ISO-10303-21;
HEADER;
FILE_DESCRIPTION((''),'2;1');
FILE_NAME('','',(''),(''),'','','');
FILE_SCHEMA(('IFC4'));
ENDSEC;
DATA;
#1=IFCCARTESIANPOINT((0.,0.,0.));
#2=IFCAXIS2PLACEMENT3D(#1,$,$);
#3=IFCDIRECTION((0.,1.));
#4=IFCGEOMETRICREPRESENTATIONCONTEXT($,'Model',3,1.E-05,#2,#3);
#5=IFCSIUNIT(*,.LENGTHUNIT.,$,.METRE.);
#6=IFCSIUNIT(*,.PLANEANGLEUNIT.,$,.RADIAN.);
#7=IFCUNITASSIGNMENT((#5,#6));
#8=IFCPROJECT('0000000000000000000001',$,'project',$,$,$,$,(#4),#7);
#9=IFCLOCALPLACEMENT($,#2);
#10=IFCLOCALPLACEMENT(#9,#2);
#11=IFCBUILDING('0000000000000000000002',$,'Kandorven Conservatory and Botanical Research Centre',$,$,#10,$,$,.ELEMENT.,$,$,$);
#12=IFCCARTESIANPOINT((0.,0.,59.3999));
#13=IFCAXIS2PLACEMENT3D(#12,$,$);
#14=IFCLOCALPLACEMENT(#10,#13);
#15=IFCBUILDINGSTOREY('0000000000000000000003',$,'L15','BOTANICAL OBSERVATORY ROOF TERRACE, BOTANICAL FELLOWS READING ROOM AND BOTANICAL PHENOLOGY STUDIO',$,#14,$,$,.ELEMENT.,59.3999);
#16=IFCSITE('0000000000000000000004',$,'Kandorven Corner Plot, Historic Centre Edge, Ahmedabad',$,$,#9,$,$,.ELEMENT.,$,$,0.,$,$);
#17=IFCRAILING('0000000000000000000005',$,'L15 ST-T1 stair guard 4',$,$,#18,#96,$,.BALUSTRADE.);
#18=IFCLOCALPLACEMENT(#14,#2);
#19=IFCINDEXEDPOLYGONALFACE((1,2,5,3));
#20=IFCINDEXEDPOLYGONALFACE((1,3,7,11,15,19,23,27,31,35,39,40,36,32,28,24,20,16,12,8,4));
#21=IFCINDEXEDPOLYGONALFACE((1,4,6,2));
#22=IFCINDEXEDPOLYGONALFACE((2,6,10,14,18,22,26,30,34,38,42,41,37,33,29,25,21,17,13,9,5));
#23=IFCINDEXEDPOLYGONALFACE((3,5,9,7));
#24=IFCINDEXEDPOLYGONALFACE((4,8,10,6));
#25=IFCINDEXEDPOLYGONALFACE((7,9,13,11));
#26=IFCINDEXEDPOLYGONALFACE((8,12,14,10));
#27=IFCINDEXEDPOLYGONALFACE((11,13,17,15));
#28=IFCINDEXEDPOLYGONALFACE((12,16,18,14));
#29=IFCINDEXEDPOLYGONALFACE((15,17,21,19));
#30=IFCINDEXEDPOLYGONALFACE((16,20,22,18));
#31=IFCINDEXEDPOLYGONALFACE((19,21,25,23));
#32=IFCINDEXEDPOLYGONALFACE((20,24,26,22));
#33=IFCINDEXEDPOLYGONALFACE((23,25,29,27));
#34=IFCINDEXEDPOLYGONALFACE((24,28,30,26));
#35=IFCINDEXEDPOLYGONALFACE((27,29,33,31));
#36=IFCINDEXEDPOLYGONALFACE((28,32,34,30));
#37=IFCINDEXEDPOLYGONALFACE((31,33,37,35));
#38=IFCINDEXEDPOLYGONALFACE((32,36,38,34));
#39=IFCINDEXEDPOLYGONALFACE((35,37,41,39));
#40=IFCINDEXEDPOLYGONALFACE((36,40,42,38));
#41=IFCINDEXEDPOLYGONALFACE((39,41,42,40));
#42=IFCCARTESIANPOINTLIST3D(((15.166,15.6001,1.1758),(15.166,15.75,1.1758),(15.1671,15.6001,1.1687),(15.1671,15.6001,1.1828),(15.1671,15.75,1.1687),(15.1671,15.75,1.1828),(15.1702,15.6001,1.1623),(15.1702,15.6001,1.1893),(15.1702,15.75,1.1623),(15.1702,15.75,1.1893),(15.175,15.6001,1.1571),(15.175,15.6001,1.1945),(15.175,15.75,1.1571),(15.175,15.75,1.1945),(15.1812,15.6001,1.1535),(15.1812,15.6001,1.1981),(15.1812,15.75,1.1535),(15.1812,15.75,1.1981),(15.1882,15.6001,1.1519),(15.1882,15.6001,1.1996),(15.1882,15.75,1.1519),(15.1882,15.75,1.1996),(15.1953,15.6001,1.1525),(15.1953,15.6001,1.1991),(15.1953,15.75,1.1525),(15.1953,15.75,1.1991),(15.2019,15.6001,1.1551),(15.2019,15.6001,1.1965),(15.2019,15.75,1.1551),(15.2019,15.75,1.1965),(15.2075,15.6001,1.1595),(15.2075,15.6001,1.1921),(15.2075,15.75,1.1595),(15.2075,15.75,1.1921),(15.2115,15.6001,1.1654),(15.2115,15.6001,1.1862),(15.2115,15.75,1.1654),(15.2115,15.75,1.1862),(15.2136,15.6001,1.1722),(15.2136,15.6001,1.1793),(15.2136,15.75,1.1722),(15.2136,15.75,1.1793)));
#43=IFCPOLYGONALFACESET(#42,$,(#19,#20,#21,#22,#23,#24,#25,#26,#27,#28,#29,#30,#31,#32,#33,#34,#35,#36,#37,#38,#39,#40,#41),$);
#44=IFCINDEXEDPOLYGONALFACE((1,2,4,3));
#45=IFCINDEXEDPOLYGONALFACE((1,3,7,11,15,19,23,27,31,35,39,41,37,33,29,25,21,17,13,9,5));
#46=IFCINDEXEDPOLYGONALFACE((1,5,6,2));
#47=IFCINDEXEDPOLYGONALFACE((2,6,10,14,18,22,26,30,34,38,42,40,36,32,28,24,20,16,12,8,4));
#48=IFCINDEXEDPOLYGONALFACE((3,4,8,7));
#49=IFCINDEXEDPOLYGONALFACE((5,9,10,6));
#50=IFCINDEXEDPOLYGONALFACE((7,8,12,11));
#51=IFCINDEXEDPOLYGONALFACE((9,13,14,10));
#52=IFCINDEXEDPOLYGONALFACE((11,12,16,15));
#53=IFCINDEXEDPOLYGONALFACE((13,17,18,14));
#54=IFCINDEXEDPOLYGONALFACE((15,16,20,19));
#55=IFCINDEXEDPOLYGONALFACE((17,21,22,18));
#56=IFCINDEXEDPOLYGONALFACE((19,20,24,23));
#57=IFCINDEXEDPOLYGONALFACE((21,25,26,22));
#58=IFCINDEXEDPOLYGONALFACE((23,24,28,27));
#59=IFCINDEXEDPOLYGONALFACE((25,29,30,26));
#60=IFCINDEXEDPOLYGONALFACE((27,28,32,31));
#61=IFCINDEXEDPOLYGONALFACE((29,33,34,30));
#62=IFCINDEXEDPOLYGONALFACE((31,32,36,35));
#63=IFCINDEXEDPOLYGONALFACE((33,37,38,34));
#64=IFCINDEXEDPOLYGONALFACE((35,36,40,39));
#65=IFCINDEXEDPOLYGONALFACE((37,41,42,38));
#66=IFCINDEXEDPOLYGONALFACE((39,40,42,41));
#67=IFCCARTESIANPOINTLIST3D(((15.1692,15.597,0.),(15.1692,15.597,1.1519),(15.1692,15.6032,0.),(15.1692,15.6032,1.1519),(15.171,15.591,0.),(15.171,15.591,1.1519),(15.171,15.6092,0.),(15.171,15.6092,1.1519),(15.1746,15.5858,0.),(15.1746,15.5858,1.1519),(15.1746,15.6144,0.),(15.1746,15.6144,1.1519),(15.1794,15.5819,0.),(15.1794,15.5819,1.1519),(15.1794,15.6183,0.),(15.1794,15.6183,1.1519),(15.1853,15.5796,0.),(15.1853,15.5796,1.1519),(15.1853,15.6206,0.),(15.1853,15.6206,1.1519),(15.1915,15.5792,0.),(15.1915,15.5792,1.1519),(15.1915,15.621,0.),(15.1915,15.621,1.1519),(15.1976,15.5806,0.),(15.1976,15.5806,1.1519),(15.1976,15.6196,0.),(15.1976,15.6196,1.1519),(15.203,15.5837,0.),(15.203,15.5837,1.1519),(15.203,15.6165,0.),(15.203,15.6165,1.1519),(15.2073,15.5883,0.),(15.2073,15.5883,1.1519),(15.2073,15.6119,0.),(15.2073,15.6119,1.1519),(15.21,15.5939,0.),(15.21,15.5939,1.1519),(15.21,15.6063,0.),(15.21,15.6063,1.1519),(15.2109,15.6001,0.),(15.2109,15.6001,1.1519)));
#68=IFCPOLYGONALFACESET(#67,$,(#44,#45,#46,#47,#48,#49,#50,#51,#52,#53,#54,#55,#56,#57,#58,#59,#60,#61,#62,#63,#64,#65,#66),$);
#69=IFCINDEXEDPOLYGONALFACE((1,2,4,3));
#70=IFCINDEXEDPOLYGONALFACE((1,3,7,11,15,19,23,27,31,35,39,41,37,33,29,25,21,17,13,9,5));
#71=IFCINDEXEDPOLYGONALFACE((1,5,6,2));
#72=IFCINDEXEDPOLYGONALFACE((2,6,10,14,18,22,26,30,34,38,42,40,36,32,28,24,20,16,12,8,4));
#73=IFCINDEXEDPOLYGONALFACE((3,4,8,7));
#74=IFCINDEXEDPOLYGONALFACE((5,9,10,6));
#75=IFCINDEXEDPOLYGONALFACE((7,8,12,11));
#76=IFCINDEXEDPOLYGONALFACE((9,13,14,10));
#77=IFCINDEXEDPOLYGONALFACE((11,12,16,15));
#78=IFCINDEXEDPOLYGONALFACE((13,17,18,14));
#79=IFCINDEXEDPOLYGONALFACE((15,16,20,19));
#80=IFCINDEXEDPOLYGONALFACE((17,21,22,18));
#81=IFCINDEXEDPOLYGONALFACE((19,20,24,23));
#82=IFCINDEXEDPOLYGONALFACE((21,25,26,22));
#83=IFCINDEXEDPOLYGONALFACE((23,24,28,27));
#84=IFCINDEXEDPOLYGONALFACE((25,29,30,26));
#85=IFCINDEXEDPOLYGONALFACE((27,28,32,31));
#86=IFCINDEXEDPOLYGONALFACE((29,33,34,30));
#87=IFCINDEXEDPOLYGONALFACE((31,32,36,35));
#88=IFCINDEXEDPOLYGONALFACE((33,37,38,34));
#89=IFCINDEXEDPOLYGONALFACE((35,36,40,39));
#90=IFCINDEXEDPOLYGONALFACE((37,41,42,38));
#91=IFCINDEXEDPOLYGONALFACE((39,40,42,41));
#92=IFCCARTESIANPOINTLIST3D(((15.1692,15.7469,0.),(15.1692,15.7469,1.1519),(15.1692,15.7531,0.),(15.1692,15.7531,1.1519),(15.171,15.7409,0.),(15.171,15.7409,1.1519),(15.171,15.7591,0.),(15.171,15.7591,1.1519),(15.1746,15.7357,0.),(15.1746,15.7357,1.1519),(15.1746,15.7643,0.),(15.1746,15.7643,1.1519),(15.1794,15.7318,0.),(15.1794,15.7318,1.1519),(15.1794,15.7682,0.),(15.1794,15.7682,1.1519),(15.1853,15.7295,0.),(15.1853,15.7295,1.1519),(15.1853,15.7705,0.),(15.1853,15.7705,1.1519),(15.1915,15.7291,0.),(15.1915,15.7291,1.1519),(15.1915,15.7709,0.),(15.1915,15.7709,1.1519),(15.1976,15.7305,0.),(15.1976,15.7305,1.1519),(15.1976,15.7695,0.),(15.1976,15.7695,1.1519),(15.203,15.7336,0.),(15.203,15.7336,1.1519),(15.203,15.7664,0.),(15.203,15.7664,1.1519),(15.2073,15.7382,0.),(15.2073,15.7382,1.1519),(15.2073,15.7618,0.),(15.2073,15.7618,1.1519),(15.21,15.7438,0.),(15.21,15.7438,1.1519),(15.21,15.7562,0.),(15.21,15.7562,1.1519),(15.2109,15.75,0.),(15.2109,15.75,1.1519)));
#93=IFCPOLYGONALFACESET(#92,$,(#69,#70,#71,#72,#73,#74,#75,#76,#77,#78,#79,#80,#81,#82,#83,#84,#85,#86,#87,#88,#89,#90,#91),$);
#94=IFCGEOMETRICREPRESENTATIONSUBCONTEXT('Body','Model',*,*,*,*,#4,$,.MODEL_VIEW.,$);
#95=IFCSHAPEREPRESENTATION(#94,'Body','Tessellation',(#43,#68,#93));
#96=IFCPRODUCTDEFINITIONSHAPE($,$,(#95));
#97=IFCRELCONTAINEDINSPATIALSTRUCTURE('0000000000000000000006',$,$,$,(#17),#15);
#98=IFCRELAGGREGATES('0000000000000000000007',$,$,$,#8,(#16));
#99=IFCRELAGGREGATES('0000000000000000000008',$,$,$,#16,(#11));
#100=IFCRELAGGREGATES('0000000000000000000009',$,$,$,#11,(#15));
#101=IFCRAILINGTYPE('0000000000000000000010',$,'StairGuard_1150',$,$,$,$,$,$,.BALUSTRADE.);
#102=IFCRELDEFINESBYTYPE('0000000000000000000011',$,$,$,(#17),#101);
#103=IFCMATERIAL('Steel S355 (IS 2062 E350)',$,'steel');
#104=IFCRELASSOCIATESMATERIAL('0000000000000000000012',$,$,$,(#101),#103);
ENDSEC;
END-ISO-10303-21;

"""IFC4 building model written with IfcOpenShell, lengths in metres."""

from ifc_helpers import new_model, si_unit, direction, frame, origin, origin_2d, place, context, subcontext, project, spatial, circle, extrude, material, type_object, element, save


model = new_model("IFC4")

# Units and contexts
model_context = context("Model", 3, precision=1e-05, world=origin(), true_north=direction((0.0, 1.0)))
body_context = subcontext(model_context, "Body", "Model", "MODEL_VIEW")
ifc_project = project(units=[si_unit("LENGTHUNIT", "METRE"), si_unit("PLANEANGLEUNIT", "RADIAN")], contexts=[model_context])

# Site, building, storey
site_placement = place(None, origin())
site = spatial("IfcSite", under=ifc_project, at=site_placement, Name="Kandorven Corner Plot, Historic Centre Edge, Ahmedabad", CompositionType="ELEMENT", RefElevation=0.0)
building_placement = place(site_placement, origin())
building = spatial("IfcBuilding", under=site, at=building_placement, Name="Kandorven Conservatory and Botanical Research Centre", CompositionType="ELEMENT")
storey_placement = place(building_placement, frame((0.0, 0.0, 59.3999)))
storey = spatial("IfcBuildingStorey", under=building, at=storey_placement, Name="L15", Description="BOTANICAL OBSERVATORY ROOF TERRACE, BOTANICAL FELLOWS READING ROOM AND BOTANICAL PHENOLOGY STUDIO", CompositionType="ELEMENT", Elevation=59.3999)

# Railing
ifc_material_1 = material(Name="Steel S355 (IS 2062 E350)", Category="steel")
railing_type_1 = type_object("IfcRailingType", Name="StairGuard_1150", PredefinedType="BALUSTRADE", material=ifc_material_1)
railing_1_placement = place(storey_placement, frame((15.1899, 15.6001, 0.0)))
element("IfcRailing", 1, at=railing_1_placement, inside=storey, type_object=railing_type_1, Name="L15 ST-T1 stair guard 4", PredefinedType="BALUSTRADE", context=body_context, shape_type="SweptSolid", body=[
    extrude(circle(Radius=0.0239, at=origin_2d()), frame((0.0, 0.0, 1.1758), z_axis=(0.0, 1.0, 0.0), x_axis=(-1.0, 0.0, 0.0)), (0.0, 0.0, 1.0), 0.1499),
    extrude(circle(Radius=0.021, at=origin_2d()), origin(), (0.0, 0.0, 1.0), 1.1519),
    extrude(circle(Radius=0.021, at=origin_2d()), frame((0.0, 0.1499, 0.0)), (0.0, 0.0, 1.0), 1.1519),
])

save(model, "model.ifc")
